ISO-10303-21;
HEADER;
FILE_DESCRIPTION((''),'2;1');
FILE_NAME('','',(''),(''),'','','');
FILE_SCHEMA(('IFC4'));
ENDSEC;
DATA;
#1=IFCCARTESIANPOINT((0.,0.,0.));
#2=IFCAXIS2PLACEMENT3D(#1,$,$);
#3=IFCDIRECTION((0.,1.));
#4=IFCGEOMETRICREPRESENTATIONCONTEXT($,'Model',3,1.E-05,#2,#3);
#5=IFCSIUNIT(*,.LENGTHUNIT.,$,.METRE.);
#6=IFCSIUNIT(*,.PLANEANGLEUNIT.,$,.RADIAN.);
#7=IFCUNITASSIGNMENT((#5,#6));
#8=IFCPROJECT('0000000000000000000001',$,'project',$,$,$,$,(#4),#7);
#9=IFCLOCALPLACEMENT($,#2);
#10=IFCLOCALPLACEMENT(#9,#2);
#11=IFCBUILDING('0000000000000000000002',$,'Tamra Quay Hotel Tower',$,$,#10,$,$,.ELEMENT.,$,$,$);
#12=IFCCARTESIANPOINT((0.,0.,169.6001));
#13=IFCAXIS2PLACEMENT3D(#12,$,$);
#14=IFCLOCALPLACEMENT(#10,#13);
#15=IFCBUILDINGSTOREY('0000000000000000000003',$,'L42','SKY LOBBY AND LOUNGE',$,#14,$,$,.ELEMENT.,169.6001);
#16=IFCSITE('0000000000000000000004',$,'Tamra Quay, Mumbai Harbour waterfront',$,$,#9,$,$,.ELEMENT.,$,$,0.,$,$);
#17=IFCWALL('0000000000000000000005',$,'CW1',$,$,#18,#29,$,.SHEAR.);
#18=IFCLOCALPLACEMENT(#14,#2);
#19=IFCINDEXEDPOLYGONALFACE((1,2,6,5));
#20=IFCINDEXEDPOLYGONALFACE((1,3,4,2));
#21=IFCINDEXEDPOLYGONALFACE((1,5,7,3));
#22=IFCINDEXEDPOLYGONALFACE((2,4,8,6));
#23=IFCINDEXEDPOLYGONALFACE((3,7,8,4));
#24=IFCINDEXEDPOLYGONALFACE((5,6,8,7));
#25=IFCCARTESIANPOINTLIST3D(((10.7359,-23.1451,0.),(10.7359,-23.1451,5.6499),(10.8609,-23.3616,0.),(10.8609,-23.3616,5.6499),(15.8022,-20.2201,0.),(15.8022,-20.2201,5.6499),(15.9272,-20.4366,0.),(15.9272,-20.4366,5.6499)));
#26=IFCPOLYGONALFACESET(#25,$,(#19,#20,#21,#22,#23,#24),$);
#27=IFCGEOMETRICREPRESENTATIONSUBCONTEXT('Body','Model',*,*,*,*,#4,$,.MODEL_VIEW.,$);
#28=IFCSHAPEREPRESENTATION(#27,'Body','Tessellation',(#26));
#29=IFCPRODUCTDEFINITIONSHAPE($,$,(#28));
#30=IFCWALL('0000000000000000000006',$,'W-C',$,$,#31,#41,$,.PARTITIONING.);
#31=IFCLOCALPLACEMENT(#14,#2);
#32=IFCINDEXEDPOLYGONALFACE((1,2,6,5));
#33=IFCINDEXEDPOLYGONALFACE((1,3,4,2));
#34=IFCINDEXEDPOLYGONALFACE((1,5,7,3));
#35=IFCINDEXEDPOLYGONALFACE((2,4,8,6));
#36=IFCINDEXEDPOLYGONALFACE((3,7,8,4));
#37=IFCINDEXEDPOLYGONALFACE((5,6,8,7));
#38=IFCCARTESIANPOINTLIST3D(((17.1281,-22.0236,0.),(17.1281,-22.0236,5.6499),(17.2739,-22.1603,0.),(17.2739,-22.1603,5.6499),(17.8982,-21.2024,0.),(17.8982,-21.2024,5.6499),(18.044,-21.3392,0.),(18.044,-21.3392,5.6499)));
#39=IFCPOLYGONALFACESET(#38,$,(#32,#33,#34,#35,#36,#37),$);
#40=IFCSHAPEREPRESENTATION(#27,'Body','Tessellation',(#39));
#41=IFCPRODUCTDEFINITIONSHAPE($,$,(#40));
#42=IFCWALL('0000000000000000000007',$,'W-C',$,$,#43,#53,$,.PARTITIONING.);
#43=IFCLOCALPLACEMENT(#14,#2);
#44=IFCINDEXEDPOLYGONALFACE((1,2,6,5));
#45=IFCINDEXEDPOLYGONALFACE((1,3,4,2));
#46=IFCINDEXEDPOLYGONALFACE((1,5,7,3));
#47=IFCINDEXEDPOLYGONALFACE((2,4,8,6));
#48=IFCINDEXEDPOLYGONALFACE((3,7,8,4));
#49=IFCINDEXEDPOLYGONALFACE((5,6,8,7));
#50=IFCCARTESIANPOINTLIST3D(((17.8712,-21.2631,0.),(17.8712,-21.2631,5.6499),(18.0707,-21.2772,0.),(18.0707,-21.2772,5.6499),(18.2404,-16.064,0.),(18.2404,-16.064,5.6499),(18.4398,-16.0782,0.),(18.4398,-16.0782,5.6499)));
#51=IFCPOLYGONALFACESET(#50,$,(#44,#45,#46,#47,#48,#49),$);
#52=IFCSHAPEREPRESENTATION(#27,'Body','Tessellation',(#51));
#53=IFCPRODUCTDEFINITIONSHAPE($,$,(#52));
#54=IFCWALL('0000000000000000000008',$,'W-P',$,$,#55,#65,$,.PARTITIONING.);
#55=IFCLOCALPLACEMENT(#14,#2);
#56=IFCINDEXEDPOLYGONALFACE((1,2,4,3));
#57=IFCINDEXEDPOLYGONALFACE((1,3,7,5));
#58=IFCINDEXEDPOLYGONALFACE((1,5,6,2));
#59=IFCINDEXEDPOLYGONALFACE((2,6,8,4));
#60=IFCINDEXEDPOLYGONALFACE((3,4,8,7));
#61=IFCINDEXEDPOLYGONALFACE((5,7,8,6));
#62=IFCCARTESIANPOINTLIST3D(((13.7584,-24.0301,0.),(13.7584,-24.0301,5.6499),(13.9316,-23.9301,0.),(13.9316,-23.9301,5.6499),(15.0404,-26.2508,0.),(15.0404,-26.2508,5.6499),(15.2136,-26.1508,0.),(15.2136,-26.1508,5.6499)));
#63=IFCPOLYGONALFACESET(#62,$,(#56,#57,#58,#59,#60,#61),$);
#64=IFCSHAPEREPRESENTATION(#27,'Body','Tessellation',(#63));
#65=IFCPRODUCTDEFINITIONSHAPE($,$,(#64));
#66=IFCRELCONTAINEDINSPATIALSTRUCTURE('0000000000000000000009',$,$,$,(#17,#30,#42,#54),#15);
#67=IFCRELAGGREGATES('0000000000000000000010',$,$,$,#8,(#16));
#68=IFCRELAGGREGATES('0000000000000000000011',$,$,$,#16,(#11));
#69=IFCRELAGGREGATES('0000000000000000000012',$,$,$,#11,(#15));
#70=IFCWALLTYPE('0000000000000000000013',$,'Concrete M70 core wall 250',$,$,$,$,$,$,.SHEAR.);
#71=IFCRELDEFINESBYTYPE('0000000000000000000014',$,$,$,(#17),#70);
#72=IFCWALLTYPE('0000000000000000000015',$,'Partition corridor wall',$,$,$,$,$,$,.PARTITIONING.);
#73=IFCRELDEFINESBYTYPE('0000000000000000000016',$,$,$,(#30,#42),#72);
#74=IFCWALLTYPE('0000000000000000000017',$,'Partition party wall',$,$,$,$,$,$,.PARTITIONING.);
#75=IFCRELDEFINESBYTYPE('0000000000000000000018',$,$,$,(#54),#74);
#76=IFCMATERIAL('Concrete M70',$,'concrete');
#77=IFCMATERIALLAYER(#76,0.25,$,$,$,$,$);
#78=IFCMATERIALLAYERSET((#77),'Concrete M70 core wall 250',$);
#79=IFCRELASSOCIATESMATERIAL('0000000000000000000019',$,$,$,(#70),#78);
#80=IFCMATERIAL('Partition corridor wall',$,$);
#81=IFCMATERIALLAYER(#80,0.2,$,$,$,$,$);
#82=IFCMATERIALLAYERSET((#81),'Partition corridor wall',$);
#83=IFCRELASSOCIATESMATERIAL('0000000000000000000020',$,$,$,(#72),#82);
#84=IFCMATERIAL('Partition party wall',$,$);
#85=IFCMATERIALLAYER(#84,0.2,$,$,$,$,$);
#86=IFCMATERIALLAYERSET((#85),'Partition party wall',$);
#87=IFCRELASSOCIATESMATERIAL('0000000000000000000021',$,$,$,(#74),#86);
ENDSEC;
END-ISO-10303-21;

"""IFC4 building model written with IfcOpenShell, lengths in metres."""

from ifc_helpers import new_model, si_unit, direction, frame, frame_2d, origin, place, context, subcontext, project, spatial, rectangle, extrude, material, layer, layer_set, type_object, element, save


model = new_model("IFC4")

# Units and contexts
model_context = context("Model", 3, precision=1e-05, world=origin(), true_north=direction((0.0, 1.0)))
body_context = subcontext(model_context, "Body", "Model", "MODEL_VIEW")
ifc_project = project(units=[si_unit("LENGTHUNIT", "METRE"), si_unit("PLANEANGLEUNIT", "RADIAN")], contexts=[model_context])

# Site, building, storey
site_placement = place(None, origin())
site = spatial("IfcSite", under=ifc_project, at=site_placement, Name="Tamra Quay, Mumbai Harbour waterfront", CompositionType="ELEMENT", RefElevation=0.0)
building_placement = place(site_placement, origin())
building = spatial("IfcBuilding", under=site, at=building_placement, Name="Tamra Quay Hotel Tower", CompositionType="ELEMENT")
storey_placement = place(building_placement, frame((0.0, 0.0, 169.6001)))
storey = spatial("IfcBuildingStorey", under=building, at=storey_placement, Name="L42", Description="SKY LOBBY AND LOUNGE", CompositionType="ELEMENT", Elevation=169.6001)

# Shared definitions
ifc_material_1 = material(Name="Concrete M70", Category="concrete")

# Walls
ifc_layer_1 = layer(ifc_material_1, 0.25)
ifc_layer_set_1 = layer_set([ifc_layer_1], Name="Concrete M70 core wall 250")
wall_type_1 = type_object("IfcWallType", Name="Concrete M70 core wall 250", PredefinedType="SHEAR", material=ifc_layer_set_1)
wall_1_placement = place(storey_placement, frame((15.8647, -20.3284, 0.0), z_axis=(0.0, 0.0, 1.0), x_axis=(-0.866029, -0.499995, 0.0)))
element("IfcWall", 1, at=wall_1_placement, inside=storey, type_object=wall_type_1, Name="CW1", PredefinedType="SHEAR", context=body_context, shape_type="SweptSolid", body=[
    extrude(rectangle(XDim=5.8501, YDim=0.25, at=frame_2d((2.925, 0.0))), origin(), (0.0, 0.0, 1.0), 5.6499),
])
ifc_material_2 = material(Name="Partition corridor wall")
ifc_layer_2 = layer(ifc_material_2, 0.2)
ifc_layer_set_2 = layer_set([ifc_layer_2], Name="Partition corridor wall")
wall_type_2 = type_object("IfcWallType", Name="Partition corridor wall", PredefinedType="PARTITIONING", material=ifc_layer_set_2)
wall_2_placement = place(storey_placement, frame((17.2009, -22.092, 0.0), z_axis=(0.0, 0.0, 1.0), x_axis=(0.684078, 0.729409, 0.0)))
element("IfcWall", 2, at=wall_2_placement, inside=storey, type_object=wall_type_2, Name="W-C", PredefinedType="PARTITIONING", context=body_context, shape_type="SweptSolid", body=[
    extrude(rectangle(XDim=1.1257, YDim=0.2, at=frame_2d((0.563, 0.0))), origin(), (0.0, 0.0, 1.0), 5.6499),
])
wall_3_placement = place(storey_placement, frame((17.9709, -21.27, 0.0), z_axis=(0.0, 0.0, 1.0), x_axis=(0.070824, 0.997489, 0.0)))
element("IfcWall", 3, at=wall_3_placement, inside=storey, type_object=wall_type_2, Name="W-C", PredefinedType="PARTITIONING", context=body_context, shape_type="SweptSolid", body=[
    extrude(rectangle(XDim=5.2122, YDim=0.2, at=frame_2d((2.606, 0.0))), origin(), (0.0, 0.0, 1.0), 5.6499),
])
ifc_material_3 = material(Name="Partition party wall")
ifc_layer_3 = layer(ifc_material_3, 0.2)
ifc_layer_set_3 = layer_set([ifc_layer_3], Name="Partition party wall")
wall_type_3 = type_object("IfcWallType", Name="Partition party wall", PredefinedType="PARTITIONING", material=ifc_layer_set_3)
wall_4_placement = place(storey_placement, frame((13.845, -23.98, 0.0), z_axis=(0.0, 0.0, 1.0), x_axis=(0.499959, -0.866049, 0.0)))
element("IfcWall", 4, at=wall_4_placement, inside=storey, type_object=wall_type_3, Name="W-P", PredefinedType="PARTITIONING", context=body_context, shape_type="SweptSolid", body=[
    extrude(rectangle(XDim=2.5642, YDim=0.2, at=frame_2d((1.2822, 0.0))), origin(), (0.0, 0.0, 1.0), 5.6499),
])

save(model, "model.ifc")
